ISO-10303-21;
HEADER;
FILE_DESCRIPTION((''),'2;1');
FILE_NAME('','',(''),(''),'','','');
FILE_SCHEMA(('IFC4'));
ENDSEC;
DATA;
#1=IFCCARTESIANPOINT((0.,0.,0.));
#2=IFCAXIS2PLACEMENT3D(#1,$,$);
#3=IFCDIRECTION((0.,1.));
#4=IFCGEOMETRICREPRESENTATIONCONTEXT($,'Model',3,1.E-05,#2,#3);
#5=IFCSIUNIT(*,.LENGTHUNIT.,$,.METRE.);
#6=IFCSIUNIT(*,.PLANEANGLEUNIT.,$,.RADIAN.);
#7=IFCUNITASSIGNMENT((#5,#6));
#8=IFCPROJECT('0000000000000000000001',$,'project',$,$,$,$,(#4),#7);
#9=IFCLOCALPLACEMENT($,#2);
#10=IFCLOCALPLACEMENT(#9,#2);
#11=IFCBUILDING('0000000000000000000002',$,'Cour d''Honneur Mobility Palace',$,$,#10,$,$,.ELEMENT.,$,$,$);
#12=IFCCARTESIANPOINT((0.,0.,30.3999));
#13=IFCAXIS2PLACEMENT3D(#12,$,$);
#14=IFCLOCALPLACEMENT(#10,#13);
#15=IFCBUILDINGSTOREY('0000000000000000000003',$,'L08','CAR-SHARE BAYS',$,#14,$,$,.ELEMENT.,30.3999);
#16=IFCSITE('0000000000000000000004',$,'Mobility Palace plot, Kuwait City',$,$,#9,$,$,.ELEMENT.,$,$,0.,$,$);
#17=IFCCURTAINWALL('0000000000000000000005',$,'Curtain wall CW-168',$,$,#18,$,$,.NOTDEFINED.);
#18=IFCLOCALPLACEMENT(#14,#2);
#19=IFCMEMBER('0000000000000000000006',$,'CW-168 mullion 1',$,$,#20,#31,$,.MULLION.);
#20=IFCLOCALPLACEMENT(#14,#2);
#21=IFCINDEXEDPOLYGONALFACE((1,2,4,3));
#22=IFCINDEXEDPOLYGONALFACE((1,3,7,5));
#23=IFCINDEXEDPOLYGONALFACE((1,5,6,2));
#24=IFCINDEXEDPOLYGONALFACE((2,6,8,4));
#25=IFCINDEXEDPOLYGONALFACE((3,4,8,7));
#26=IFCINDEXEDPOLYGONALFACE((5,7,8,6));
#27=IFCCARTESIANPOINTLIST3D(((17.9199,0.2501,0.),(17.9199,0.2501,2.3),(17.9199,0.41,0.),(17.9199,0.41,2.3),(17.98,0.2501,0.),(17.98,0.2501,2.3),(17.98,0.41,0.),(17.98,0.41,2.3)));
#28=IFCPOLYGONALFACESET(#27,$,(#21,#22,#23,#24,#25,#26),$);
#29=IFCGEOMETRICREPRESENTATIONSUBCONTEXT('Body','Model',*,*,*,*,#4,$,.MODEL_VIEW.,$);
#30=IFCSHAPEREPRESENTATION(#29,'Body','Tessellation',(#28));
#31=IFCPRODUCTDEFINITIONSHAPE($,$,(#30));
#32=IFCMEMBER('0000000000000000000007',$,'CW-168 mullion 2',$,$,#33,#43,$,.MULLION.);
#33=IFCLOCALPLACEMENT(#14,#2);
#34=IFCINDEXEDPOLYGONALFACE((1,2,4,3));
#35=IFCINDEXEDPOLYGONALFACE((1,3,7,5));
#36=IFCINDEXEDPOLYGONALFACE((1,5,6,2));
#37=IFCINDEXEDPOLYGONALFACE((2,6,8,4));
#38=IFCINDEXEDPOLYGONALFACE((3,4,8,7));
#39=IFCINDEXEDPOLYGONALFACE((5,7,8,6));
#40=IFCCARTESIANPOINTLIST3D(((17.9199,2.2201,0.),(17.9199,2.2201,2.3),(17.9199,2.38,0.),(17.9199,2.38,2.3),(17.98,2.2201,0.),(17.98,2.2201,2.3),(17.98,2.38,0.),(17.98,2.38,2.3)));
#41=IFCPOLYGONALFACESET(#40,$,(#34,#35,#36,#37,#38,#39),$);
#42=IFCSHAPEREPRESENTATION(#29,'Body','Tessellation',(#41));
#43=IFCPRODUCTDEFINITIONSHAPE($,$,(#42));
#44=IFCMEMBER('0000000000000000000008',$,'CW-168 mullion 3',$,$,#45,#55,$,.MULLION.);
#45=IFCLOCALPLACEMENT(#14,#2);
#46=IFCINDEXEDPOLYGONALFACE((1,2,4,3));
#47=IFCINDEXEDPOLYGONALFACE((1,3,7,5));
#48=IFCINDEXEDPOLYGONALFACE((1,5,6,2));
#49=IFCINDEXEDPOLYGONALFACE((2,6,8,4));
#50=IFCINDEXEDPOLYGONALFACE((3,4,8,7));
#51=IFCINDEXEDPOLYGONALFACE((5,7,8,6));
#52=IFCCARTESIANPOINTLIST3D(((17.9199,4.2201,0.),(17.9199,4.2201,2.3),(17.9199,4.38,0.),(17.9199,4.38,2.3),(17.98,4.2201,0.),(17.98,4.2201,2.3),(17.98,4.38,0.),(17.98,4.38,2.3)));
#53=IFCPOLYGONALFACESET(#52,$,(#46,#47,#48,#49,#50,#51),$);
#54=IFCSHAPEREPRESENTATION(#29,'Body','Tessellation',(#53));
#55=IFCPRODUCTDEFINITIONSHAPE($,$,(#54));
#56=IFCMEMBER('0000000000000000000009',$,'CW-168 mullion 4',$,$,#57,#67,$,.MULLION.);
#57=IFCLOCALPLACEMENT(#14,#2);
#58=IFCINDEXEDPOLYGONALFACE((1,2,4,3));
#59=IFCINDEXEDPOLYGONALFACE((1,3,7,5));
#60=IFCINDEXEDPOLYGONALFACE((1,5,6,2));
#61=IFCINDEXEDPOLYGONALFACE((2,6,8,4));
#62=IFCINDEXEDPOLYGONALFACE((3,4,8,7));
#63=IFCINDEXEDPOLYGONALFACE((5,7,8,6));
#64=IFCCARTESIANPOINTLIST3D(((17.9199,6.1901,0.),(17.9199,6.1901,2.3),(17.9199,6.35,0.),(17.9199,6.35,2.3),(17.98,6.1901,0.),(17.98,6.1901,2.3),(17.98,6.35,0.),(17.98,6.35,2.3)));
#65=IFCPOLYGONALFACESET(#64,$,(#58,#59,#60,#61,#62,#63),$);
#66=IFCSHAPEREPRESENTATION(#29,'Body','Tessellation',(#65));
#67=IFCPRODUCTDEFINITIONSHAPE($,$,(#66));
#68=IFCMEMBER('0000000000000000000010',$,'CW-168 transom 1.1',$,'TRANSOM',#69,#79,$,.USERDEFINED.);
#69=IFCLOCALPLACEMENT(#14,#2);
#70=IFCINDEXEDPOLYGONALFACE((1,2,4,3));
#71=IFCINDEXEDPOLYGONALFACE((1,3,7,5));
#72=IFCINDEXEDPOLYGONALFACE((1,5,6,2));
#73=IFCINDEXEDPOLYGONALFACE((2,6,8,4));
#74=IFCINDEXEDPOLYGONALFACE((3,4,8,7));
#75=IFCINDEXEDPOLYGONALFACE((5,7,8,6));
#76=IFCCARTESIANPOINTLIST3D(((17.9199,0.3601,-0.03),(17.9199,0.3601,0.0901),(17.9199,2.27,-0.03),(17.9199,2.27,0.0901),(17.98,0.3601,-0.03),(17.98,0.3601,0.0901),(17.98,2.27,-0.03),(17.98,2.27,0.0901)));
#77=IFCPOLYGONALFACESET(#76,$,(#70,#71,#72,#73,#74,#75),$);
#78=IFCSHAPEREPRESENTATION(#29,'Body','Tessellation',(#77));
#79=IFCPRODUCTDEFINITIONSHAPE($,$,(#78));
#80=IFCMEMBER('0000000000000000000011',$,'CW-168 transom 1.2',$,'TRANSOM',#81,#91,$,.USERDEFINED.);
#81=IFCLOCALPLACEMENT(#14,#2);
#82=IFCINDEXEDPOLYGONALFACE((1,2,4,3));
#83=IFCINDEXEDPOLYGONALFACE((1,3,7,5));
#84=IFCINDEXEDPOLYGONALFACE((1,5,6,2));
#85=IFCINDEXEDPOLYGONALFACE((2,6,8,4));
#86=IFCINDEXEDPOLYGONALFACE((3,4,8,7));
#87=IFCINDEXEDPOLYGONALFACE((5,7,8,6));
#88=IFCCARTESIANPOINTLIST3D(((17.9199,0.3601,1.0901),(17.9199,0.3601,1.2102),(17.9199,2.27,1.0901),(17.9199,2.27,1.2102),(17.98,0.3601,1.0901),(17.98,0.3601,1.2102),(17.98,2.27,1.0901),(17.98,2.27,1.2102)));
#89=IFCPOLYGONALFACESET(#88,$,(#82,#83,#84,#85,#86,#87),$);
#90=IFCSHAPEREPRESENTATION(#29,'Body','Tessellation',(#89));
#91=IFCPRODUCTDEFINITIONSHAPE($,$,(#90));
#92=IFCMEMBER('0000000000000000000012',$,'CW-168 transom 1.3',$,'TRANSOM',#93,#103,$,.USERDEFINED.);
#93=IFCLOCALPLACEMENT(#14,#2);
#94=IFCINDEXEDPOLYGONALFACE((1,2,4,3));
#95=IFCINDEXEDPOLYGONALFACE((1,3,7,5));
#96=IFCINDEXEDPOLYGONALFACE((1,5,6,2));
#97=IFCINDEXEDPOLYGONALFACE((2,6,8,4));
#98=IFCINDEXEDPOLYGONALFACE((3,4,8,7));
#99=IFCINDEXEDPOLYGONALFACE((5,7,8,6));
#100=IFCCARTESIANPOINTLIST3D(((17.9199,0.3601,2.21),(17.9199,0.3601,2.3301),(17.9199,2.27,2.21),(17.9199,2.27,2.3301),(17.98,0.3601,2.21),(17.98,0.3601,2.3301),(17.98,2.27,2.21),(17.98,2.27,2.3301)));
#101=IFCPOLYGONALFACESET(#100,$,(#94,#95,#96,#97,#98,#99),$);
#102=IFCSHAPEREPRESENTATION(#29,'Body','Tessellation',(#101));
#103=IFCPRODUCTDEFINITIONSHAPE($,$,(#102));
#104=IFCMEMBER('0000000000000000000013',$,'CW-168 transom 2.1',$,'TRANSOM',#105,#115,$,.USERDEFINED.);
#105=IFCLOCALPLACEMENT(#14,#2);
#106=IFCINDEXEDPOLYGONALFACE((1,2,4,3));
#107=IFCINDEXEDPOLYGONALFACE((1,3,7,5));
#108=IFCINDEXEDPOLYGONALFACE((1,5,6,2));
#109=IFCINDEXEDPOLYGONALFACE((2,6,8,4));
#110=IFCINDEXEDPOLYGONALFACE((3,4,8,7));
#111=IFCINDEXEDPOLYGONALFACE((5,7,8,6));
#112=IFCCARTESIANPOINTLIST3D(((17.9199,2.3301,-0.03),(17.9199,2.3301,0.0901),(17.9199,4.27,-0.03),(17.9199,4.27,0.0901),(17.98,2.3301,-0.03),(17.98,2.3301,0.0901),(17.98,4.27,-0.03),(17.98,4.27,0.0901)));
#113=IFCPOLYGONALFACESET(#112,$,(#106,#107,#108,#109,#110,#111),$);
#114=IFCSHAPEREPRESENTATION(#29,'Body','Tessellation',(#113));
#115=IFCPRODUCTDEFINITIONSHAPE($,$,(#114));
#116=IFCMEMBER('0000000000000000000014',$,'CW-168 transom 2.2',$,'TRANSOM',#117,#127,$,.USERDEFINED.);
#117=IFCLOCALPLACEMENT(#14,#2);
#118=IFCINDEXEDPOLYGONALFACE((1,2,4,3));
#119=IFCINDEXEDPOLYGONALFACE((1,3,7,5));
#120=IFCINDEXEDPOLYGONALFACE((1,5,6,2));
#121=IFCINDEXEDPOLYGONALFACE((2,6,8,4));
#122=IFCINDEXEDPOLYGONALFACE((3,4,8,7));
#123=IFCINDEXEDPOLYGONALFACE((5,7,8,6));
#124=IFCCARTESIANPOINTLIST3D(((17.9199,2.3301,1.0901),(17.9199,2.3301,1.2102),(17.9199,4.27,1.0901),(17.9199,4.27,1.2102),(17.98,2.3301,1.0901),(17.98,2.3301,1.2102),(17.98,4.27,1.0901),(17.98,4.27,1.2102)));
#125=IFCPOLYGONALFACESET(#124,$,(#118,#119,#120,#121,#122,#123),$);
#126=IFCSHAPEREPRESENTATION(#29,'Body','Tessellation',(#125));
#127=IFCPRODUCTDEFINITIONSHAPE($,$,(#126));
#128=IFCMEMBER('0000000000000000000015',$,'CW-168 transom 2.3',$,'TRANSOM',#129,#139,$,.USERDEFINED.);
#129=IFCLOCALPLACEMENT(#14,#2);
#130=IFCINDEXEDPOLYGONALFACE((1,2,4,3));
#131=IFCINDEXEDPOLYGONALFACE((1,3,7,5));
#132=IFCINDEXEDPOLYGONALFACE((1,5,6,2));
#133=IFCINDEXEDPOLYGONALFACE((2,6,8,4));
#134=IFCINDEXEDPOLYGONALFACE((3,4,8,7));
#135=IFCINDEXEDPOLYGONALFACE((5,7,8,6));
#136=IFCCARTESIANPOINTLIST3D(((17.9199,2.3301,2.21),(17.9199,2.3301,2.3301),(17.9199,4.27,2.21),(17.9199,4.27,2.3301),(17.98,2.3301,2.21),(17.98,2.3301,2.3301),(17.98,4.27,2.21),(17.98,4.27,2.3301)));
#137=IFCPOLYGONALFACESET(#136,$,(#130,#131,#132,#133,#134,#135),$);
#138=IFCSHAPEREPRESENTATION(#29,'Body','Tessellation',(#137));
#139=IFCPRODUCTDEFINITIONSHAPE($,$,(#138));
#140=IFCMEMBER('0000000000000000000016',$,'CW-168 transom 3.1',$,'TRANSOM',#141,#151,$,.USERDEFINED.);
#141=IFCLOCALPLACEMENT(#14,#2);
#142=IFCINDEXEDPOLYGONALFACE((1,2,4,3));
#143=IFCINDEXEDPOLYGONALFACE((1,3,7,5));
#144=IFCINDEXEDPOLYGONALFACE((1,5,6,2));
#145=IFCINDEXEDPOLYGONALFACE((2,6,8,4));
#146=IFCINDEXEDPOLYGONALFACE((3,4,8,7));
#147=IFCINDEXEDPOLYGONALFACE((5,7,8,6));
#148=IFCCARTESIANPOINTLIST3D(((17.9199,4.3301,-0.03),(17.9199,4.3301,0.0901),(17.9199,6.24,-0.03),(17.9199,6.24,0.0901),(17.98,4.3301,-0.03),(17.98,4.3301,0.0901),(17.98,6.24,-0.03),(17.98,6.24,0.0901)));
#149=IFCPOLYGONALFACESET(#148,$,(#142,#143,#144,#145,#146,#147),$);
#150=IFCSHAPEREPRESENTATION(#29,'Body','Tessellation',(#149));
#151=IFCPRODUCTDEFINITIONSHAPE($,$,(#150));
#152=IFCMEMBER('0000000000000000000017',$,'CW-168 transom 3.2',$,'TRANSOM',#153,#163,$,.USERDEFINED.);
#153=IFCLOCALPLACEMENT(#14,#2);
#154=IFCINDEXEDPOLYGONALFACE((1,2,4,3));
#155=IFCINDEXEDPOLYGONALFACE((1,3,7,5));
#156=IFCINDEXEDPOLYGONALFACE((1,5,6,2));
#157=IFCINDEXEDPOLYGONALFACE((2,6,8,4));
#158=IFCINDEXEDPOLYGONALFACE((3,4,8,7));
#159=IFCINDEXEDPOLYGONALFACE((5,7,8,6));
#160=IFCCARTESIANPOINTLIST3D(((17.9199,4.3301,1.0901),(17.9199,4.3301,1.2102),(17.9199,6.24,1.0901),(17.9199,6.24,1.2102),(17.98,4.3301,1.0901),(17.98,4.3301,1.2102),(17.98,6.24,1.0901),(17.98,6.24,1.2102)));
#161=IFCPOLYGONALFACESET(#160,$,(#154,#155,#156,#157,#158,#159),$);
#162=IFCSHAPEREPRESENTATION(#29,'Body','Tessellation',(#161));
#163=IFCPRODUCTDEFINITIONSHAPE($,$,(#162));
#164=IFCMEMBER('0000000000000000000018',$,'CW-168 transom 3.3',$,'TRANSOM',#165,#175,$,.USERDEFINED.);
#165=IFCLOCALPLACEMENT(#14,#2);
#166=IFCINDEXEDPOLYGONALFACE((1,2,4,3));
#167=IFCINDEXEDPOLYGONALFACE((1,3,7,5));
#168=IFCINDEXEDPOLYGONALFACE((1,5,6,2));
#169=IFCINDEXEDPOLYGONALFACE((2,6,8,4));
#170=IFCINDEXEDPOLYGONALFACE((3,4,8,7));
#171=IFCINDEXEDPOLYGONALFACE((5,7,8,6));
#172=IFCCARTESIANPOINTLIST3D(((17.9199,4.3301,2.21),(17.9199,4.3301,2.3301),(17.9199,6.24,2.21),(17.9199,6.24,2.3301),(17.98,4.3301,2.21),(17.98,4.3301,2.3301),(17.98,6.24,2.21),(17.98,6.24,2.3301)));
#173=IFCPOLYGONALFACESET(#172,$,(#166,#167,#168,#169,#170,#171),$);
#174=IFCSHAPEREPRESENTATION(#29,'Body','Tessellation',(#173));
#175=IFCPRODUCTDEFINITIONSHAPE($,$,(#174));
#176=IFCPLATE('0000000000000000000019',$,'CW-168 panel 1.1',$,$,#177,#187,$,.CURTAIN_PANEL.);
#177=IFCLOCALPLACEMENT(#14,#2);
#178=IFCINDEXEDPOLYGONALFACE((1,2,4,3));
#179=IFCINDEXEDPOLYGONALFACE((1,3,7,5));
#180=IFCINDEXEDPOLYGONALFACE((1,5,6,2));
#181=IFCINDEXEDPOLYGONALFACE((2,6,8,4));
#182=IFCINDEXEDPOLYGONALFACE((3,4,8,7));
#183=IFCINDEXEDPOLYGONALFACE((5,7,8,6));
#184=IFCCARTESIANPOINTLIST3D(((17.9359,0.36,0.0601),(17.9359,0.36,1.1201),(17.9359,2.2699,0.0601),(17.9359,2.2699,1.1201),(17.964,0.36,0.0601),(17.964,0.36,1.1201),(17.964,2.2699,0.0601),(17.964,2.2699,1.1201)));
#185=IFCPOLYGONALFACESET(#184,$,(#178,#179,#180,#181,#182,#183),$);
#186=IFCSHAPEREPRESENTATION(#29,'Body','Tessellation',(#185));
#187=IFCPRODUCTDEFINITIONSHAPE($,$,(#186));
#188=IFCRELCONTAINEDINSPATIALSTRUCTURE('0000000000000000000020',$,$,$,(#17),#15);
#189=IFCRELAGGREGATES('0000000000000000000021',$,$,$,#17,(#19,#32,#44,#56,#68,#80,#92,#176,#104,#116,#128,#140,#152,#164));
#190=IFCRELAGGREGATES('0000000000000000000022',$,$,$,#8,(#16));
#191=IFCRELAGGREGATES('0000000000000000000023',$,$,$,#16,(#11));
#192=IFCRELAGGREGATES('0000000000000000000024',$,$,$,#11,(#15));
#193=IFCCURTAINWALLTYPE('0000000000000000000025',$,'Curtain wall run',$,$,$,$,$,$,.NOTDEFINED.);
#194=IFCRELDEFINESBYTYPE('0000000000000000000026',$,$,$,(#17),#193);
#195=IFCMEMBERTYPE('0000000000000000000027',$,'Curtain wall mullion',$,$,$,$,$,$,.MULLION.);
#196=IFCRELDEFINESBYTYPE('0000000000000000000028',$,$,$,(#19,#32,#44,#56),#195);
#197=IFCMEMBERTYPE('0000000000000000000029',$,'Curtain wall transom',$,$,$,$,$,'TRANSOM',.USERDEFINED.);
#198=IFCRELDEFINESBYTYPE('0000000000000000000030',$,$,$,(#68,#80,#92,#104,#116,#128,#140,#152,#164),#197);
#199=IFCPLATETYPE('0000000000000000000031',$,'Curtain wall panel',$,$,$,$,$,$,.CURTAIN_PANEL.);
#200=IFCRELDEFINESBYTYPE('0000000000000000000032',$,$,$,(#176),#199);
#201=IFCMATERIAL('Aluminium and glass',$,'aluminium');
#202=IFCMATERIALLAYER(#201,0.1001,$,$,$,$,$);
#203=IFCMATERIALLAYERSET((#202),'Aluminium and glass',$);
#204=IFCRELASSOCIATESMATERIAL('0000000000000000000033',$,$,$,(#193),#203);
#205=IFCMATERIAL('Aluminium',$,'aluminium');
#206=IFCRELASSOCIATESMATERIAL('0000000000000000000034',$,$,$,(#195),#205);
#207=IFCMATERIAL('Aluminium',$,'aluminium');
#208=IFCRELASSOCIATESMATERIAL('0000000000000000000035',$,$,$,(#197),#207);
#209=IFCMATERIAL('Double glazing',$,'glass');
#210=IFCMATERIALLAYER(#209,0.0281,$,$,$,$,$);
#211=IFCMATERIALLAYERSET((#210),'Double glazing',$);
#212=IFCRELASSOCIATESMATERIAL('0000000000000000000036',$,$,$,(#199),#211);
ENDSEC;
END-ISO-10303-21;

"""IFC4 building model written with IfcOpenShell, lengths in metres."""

from ifc_helpers import new_model, si_unit, direction, frame, origin, origin_2d, place, context, subcontext, project, spatial, rectangle, extrude, material, layer, layer_set, material_profile, profile_set, type_object, element, aggregate, save


model = new_model("IFC4")

# Units and contexts
model_context = context("Model", 3, precision=1e-05, world=origin(), true_north=direction((0.0, 1.0)))
body_context = subcontext(model_context, "Body", "Model", "MODEL_VIEW")
ifc_project = project(units=[si_unit("LENGTHUNIT", "METRE"), si_unit("PLANEANGLEUNIT", "RADIAN")], contexts=[model_context])

# Site, building, storey
site_placement = place(None, origin())
site = spatial("IfcSite", under=ifc_project, at=site_placement, Name="Mobility Palace plot, Kuwait City", CompositionType="ELEMENT", RefElevation=0.0)
building_placement = place(site_placement, origin())
building = spatial("IfcBuilding", under=site, at=building_placement, Name="Cour d'Honneur Mobility Palace", CompositionType="ELEMENT")
storey_placement = place(building_placement, frame((0.0, 0.0, 30.3999)))
storey = spatial("IfcBuildingStorey", under=building, at=storey_placement, Name="L08", Description="CAR-SHARE BAYS", CompositionType="ELEMENT", Elevation=30.3999)

# Curtain wall, members, plate
ifc_material_1 = material(Name="Aluminium and glass", Category="aluminium")
ifc_layer_1 = layer(ifc_material_1, 0.1001)
ifc_layer_set_1 = layer_set([ifc_layer_1], Name="Aluminium and glass")
curtain_wall_type = type_object("IfcCurtainWallType", Name="Curtain wall run", PredefinedType="NOTDEFINED", material=ifc_layer_set_1)
curtain_wall_placement = place(storey_placement, origin())
curtain_wall = element("IfcCurtainWall", 1, at=curtain_wall_placement, inside=storey, type_object=curtain_wall_type, Name="Curtain wall CW-168", PredefinedType="NOTDEFINED")
ifc_material_2 = material(Name="Aluminium", Category="aluminium")
ifc_material_profile_1 = material_profile(ifc_material_2, rectangle(XDim=0.0601, YDim=0.1599, at=origin_2d()), Name="Curtain wall mullion")
ifc_profile_set_1 = profile_set([ifc_material_profile_1], Name="Aluminium")
member_type_1 = type_object("IfcMemberType", Name="Curtain wall mullion", PredefinedType="MULLION", material=ifc_profile_set_1)
member_1_placement = place(storey_placement, frame((17.95, 0.3301, 0.0), z_axis=(0.0, 0.0, 1.0), x_axis=(-1.0, 0.0, 0.0)))
member_1 = element("IfcMember", 2, at=member_1_placement, type_object=member_type_1, Name="CW-168 mullion 1", PredefinedType="MULLION", context=body_context, shape_type="SweptSolid", body=[
    extrude(rectangle(XDim=0.0601, YDim=0.1599, at=origin_2d()), origin(), (0.0, 0.0, 1.0), 2.3),
])
member_2_placement = place(storey_placement, frame((17.95, 2.3, 0.0), z_axis=(0.0, 0.0, 1.0), x_axis=(-1.0, 0.0, 0.0)))
member_2 = element("IfcMember", 3, at=member_2_placement, type_object=member_type_1, Name="CW-168 mullion 2", PredefinedType="MULLION", context=body_context, shape_type="SweptSolid", body=[
    extrude(rectangle(XDim=0.0601, YDim=0.1599, at=origin_2d()), origin(), (0.0, 0.0, 1.0), 2.3),
])
member_3_placement = place(storey_placement, frame((17.95, 4.3, 0.0), z_axis=(0.0, 0.0, 1.0), x_axis=(-1.0, 0.0, 0.0)))
member_3 = element("IfcMember", 4, at=member_3_placement, type_object=member_type_1, Name="CW-168 mullion 3", PredefinedType="MULLION", context=body_context, shape_type="SweptSolid", body=[
    extrude(rectangle(XDim=0.0601, YDim=0.1599, at=origin_2d()), origin(), (0.0, 0.0, 1.0), 2.3),
])
member_4_placement = place(storey_placement, frame((17.95, 6.27, 0.0), z_axis=(0.0, 0.0, 1.0), x_axis=(-1.0, 0.0, 0.0)))
member_4 = element("IfcMember", 5, at=member_4_placement, type_object=member_type_1, Name="CW-168 mullion 4", PredefinedType="MULLION", context=body_context, shape_type="SweptSolid", body=[
    extrude(rectangle(XDim=0.0601, YDim=0.1599, at=origin_2d()), origin(), (0.0, 0.0, 1.0), 2.3),
])
ifc_material_3 = material(Name="Aluminium", Category="aluminium")
ifc_material_profile_2 = material_profile(ifc_material_3, rectangle(XDim=0.0601, YDim=0.1201, at=origin_2d()), Name="Curtain wall transom")
ifc_profile_set_2 = profile_set([ifc_material_profile_2], Name="Aluminium")
member_type_2 = type_object("IfcMemberType", Name="Curtain wall transom", ElementType="TRANSOM", PredefinedType="USERDEFINED", material=ifc_profile_set_2)
member_5_placement = place(storey_placement, frame((17.95, 0.3601, 0.03), z_axis=(0.0, 1.0, 0.0), x_axis=(-1.0, 0.0, 0.0)))
member_5 = element("IfcMember", 6, at=member_5_placement, type_object=member_type_2, Name="CW-168 transom 1.1", ObjectType="TRANSOM", PredefinedType="USERDEFINED", context=body_context, shape_type="SweptSolid", body=[
    extrude(rectangle(XDim=0.0601, YDim=0.1201, at=origin_2d()), origin(), (0.0, 0.0, 1.0), 1.9099),
])
member_6_placement = place(storey_placement, frame((17.95, 0.3601, 1.1501), z_axis=(0.0, 1.0, 0.0), x_axis=(-1.0, 0.0, 0.0)))
member_6 = element("IfcMember", 7, at=member_6_placement, type_object=member_type_2, Name="CW-168 transom 1.2", ObjectType="TRANSOM", PredefinedType="USERDEFINED", context=body_context, shape_type="SweptSolid", body=[
    extrude(rectangle(XDim=0.0601, YDim=0.1201, at=origin_2d()), origin(), (0.0, 0.0, 1.0), 1.9099),
])
member_7_placement = place(storey_placement, frame((17.95, 0.3601, 2.27), z_axis=(0.0, 1.0, 0.0), x_axis=(-1.0, 0.0, 0.0)))
member_7 = element("IfcMember", 8, at=member_7_placement, type_object=member_type_2, Name="CW-168 transom 1.3", ObjectType="TRANSOM", PredefinedType="USERDEFINED", context=body_context, shape_type="SweptSolid", body=[
    extrude(rectangle(XDim=0.0601, YDim=0.1201, at=origin_2d()), origin(), (0.0, 0.0, 1.0), 1.9099),
])
member_8_placement = place(storey_placement, frame((17.95, 2.3301, 0.03), z_axis=(0.0, 1.0, 0.0), x_axis=(-1.0, 0.0, 0.0)))
member_8 = element("IfcMember", 9, at=member_8_placement, type_object=member_type_2, Name="CW-168 transom 2.1", ObjectType="TRANSOM", PredefinedType="USERDEFINED", context=body_context, shape_type="SweptSolid", body=[
    extrude(rectangle(XDim=0.0601, YDim=0.1201, at=origin_2d()), origin(), (0.0, 0.0, 1.0), 1.9399),
])
member_9_placement = place(storey_placement, frame((17.95, 2.3301, 1.1501), z_axis=(0.0, 1.0, 0.0), x_axis=(-1.0, 0.0, 0.0)))
member_9 = element("IfcMember", 10, at=member_9_placement, type_object=member_type_2, Name="CW-168 transom 2.2", ObjectType="TRANSOM", PredefinedType="USERDEFINED", context=body_context, shape_type="SweptSolid", body=[
    extrude(rectangle(XDim=0.0601, YDim=0.1201, at=origin_2d()), origin(), (0.0, 0.0, 1.0), 1.9399),
])
member_10_placement = place(storey_placement, frame((17.95, 2.3301, 2.27), z_axis=(0.0, 1.0, 0.0), x_axis=(-1.0, 0.0, 0.0)))
member_10 = element("IfcMember", 11, at=member_10_placement, type_object=member_type_2, Name="CW-168 transom 2.3", ObjectType="TRANSOM", PredefinedType="USERDEFINED", context=body_context, shape_type="SweptSolid", body=[
    extrude(rectangle(XDim=0.0601, YDim=0.1201, at=origin_2d()), origin(), (0.0, 0.0, 1.0), 1.9399),
])
member_11_placement = place(storey_placement, frame((17.95, 4.3301, 0.03), z_axis=(0.0, 1.0, 0.0), x_axis=(-1.0, 0.0, 0.0)))
member_11 = element("IfcMember", 12, at=member_11_placement, type_object=member_type_2, Name="CW-168 transom 3.1", ObjectType="TRANSOM", PredefinedType="USERDEFINED", context=body_context, shape_type="SweptSolid", body=[
    extrude(rectangle(XDim=0.0601, YDim=0.1201, at=origin_2d()), origin(), (0.0, 0.0, 1.0), 1.9099),
])
member_12_placement = place(storey_placement, frame((17.95, 4.3301, 1.1501), z_axis=(0.0, 1.0, 0.0), x_axis=(-1.0, 0.0, 0.0)))
member_12 = element("IfcMember", 13, at=member_12_placement, type_object=member_type_2, Name="CW-168 transom 3.2", ObjectType="TRANSOM", PredefinedType="USERDEFINED", context=body_context, shape_type="SweptSolid", body=[
    extrude(rectangle(XDim=0.0601, YDim=0.1201, at=origin_2d()), origin(), (0.0, 0.0, 1.0), 1.9099),
])
member_13_placement = place(storey_placement, frame((17.95, 4.3301, 2.27), z_axis=(0.0, 1.0, 0.0), x_axis=(-1.0, 0.0, 0.0)))
member_13 = element("IfcMember", 14, at=member_13_placement, type_object=member_type_2, Name="CW-168 transom 3.3", ObjectType="TRANSOM", PredefinedType="USERDEFINED", context=body_context, shape_type="SweptSolid", body=[
    extrude(rectangle(XDim=0.0601, YDim=0.1201, at=origin_2d()), origin(), (0.0, 0.0, 1.0), 1.9099),
])
ifc_material_4 = material(Name="Double glazing", Category="glass")
ifc_layer_2 = layer(ifc_material_4, 0.0281)
ifc_layer_set_2 = layer_set([ifc_layer_2], Name="Double glazing")
plate_type = type_object("IfcPlateType", Name="Curtain wall panel", PredefinedType="CURTAIN_PANEL", material=ifc_layer_set_2)
plate_1_placement = place(storey_placement, frame((17.95, 1.3149, 0.0601), z_axis=(0.0, 0.0, 1.0), x_axis=(0.0, 1.0, 0.0)))
plate_1 = element("IfcPlate", 15, at=plate_1_placement, type_object=plate_type, Name="CW-168 panel 1.1", PredefinedType="CURTAIN_PANEL", context=body_context, shape_type="SweptSolid", body=[
    extrude(rectangle(XDim=1.9099, YDim=0.0281, at=origin_2d()), origin(), (0.0, 0.0, 1.0), 1.0601),
])
aggregate(curtain_wall, [member_1, member_2, member_3, member_4, member_5, member_6, member_7, plate_1, member_8, member_9, member_10, member_11, member_12, member_13])

save(model, "model.ifc")
